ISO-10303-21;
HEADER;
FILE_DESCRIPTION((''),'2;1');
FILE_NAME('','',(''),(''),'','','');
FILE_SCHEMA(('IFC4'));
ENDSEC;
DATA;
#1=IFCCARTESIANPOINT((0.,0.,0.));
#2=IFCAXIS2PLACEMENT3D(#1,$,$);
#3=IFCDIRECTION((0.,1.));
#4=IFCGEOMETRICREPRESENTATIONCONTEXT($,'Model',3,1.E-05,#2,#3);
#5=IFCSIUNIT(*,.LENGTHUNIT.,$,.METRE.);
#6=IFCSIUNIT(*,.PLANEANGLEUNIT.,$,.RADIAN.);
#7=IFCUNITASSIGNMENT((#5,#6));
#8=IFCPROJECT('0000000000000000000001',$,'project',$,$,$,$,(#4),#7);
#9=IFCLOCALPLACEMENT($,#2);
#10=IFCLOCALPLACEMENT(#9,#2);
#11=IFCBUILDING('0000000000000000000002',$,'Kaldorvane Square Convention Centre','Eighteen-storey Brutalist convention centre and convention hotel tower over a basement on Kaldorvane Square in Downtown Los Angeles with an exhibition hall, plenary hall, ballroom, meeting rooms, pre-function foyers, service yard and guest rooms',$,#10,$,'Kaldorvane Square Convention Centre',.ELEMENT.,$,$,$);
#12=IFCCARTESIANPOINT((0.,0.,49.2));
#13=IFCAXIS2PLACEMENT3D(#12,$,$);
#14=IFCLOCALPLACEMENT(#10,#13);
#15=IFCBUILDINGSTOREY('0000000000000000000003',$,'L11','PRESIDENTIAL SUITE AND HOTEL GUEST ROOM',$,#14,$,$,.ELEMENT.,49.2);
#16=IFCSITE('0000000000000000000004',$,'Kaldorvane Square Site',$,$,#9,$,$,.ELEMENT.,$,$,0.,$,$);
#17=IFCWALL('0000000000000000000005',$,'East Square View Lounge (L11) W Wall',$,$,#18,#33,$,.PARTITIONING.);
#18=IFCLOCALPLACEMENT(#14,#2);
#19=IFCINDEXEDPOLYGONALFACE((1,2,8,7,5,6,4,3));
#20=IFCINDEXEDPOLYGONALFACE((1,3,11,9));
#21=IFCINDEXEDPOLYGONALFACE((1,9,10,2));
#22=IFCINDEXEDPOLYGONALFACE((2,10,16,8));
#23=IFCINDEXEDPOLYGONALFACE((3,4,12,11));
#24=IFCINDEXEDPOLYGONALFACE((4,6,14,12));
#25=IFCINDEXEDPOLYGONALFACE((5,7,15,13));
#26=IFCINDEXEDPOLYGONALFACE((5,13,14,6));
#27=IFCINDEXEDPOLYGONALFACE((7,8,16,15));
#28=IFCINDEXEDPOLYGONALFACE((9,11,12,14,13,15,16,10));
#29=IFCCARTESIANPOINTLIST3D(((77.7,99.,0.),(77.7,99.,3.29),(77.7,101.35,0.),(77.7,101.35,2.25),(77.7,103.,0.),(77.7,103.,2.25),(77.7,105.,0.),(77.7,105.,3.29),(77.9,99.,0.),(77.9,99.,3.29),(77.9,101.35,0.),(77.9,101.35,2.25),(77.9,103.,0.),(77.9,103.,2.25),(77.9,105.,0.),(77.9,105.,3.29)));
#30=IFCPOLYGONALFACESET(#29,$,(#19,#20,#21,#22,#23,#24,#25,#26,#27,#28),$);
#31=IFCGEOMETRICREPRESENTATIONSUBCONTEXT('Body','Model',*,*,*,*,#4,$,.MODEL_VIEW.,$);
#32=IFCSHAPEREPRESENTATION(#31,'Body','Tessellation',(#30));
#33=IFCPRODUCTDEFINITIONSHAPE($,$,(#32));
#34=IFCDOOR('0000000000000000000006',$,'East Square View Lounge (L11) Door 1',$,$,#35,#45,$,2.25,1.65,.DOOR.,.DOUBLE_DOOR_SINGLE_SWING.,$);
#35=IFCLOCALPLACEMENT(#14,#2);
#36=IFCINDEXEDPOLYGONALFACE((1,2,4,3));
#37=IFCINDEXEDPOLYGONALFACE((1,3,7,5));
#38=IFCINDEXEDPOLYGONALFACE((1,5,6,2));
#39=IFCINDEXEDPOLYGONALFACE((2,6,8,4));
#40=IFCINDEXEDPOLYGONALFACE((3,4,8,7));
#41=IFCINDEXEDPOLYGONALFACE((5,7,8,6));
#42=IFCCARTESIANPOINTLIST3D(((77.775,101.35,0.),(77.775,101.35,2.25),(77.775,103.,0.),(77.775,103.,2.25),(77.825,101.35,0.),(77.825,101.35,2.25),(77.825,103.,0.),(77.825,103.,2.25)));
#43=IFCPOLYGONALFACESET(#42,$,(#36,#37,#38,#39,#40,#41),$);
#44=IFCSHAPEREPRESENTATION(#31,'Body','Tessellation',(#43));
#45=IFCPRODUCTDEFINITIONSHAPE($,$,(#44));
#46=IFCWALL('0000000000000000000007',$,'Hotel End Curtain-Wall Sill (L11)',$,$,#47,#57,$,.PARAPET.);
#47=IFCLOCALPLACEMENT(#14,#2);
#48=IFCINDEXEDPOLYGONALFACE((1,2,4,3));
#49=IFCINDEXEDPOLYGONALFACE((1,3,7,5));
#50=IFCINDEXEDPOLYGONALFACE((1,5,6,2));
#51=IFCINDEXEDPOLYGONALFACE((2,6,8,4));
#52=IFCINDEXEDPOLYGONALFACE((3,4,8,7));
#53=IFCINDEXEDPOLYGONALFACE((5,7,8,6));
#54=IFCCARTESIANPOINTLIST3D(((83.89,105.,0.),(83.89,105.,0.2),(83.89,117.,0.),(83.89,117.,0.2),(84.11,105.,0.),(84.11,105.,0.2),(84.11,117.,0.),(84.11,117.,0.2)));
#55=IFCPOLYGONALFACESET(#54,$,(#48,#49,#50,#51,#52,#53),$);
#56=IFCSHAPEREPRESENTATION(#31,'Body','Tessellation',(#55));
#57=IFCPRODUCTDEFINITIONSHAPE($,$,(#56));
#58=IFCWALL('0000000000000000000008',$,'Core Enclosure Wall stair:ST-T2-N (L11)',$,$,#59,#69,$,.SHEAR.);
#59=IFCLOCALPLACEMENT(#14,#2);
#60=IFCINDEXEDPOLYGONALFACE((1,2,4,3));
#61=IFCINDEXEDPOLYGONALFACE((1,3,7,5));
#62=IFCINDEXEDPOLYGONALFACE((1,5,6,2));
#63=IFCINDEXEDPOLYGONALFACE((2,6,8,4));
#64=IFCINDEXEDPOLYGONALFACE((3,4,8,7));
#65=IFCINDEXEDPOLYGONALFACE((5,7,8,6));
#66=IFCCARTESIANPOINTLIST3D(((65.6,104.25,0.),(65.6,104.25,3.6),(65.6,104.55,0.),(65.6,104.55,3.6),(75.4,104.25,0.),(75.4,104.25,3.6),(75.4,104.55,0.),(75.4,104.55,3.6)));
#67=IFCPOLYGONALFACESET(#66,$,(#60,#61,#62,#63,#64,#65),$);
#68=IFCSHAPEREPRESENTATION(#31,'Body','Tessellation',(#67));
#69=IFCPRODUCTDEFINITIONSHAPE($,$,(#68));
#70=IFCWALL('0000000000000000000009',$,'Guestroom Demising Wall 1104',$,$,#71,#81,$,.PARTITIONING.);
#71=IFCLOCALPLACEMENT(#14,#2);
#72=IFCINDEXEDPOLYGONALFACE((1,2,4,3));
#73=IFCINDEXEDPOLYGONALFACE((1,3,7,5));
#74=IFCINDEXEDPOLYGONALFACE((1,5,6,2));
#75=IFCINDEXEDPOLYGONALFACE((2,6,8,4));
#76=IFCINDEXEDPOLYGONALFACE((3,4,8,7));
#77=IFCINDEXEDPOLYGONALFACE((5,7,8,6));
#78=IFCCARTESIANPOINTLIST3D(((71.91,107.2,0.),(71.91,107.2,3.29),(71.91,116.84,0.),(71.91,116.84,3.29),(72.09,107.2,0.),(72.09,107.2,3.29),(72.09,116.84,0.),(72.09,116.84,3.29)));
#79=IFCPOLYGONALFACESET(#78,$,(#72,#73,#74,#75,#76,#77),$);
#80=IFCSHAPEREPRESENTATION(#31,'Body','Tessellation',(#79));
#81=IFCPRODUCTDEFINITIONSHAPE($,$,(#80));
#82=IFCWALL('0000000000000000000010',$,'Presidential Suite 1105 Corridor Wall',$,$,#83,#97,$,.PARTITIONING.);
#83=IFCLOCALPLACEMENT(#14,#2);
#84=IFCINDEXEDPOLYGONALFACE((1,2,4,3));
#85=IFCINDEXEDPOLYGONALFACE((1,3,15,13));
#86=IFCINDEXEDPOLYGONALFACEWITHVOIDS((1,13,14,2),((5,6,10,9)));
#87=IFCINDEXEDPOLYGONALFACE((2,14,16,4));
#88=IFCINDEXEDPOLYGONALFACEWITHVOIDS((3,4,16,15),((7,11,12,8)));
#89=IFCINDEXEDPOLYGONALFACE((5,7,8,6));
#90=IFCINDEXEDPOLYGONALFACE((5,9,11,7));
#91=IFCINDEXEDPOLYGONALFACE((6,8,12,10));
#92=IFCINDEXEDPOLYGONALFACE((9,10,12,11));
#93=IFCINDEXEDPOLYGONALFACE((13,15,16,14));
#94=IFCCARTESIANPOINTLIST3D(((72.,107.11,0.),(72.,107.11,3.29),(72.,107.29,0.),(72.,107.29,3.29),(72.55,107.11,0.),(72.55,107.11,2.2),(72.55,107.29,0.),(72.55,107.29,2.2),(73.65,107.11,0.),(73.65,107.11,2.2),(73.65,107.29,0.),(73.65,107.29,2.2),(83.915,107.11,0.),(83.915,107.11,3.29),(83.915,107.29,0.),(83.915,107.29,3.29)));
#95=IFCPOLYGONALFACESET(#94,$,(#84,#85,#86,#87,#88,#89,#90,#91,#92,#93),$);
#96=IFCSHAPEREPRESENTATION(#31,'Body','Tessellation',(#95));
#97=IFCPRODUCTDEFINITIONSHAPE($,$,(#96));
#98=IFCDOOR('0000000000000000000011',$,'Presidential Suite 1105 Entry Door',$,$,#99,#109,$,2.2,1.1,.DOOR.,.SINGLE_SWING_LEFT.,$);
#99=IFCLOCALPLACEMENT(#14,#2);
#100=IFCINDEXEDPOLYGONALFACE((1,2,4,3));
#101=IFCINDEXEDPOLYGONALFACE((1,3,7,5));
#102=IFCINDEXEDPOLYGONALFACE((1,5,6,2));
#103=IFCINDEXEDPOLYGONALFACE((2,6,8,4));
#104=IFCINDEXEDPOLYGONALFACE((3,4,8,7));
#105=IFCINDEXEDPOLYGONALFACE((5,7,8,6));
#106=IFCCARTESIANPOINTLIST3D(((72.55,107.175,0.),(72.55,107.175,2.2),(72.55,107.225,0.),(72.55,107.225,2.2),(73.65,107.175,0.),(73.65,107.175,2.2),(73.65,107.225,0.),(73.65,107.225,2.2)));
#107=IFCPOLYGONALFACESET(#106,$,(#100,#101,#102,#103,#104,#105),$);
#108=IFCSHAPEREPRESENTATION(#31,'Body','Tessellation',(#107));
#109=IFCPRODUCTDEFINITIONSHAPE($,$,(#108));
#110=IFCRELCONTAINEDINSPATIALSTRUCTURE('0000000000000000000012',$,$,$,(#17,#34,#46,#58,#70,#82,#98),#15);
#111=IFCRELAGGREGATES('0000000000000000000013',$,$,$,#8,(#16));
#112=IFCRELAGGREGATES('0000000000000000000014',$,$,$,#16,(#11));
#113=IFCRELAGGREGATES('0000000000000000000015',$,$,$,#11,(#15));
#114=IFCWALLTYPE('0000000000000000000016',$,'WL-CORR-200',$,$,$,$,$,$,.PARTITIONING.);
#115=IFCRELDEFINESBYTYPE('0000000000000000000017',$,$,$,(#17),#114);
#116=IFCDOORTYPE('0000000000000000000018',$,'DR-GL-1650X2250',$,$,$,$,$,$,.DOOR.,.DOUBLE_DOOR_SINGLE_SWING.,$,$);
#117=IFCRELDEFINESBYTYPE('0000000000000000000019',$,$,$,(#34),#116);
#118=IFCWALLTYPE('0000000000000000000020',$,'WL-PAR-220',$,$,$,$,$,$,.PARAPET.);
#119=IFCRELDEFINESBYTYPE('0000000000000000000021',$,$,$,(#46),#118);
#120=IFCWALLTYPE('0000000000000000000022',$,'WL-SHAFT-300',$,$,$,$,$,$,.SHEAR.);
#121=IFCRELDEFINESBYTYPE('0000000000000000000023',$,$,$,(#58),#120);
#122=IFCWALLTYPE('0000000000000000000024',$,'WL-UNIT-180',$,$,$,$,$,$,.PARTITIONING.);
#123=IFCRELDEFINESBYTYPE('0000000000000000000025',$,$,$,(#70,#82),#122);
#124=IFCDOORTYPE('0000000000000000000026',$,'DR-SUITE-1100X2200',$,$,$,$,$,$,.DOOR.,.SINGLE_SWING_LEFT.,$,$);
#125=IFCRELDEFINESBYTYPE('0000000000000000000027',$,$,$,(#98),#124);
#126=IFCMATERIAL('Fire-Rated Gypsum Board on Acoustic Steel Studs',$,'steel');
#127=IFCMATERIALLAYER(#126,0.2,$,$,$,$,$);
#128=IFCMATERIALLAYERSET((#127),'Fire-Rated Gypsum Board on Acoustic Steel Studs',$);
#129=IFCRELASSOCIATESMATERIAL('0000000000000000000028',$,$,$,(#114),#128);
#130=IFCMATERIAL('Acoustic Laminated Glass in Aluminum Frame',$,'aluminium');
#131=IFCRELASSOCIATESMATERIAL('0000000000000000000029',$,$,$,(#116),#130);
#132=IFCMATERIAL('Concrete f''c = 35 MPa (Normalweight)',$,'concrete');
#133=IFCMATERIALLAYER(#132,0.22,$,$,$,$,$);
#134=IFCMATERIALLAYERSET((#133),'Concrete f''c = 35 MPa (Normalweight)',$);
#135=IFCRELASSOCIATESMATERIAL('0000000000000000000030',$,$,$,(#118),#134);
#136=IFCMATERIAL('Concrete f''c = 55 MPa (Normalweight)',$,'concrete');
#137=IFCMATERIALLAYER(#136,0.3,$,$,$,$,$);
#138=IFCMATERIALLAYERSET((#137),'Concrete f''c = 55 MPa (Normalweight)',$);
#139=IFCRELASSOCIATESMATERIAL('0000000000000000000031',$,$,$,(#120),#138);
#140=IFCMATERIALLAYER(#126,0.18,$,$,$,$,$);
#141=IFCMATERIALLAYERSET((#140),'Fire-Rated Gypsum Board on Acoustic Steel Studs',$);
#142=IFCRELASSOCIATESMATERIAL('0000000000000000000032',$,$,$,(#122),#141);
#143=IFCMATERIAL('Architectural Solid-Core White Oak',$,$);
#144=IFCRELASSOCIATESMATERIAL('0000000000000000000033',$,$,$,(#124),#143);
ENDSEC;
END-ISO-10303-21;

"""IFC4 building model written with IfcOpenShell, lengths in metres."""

from ifc_helpers import new_model, si_unit, direction, frame, frame_2d, origin, place, context, subcontext, project, spatial, rectangle, extrude, material, layer, layer_set, type_object, element, fill, save


model = new_model("IFC4")

# Units and contexts
model_context = context("Model", 3, precision=1e-05, world=origin(), true_north=direction((0.0, 1.0)))
body_context = subcontext(model_context, "Body", "Model", "MODEL_VIEW")
ifc_project = project(units=[si_unit("LENGTHUNIT", "METRE"), si_unit("PLANEANGLEUNIT", "RADIAN")], contexts=[model_context])

# Site, building, storey
site_placement = place(None, origin())
site = spatial("IfcSite", under=ifc_project, at=site_placement, Name="Kaldorvane Square Site", CompositionType="ELEMENT", RefElevation=0.0)
building_placement = place(site_placement, origin())
building = spatial("IfcBuilding", under=site, at=building_placement, Name="Kaldorvane Square Convention Centre", Description="Eighteen-storey Brutalist convention centre and convention hotel tower over a basement on Kaldorvane Square in Downtown Los Angeles with an exhibition hall, plenary hall, ballroom, meeting rooms, pre-function foyers, service yard and guest rooms", LongName="Kaldorvane Square Convention Centre", CompositionType="ELEMENT")
storey_placement = place(building_placement, frame((0.0, 0.0, 49.2)))
storey = spatial("IfcBuildingStorey", under=building, at=storey_placement, Name="L11", Description="PRESIDENTIAL SUITE AND HOTEL GUEST ROOM", CompositionType="ELEMENT", Elevation=49.2)

# Shared definitions
ifc_material_1 = material(Name="Fire-Rated Gypsum Board on Acoustic Steel Studs", Category="steel")
ifc_material_2 = material(Name="Architectural Solid-Core White Oak")

# Shared definitions
ifc_layer_1 = layer(ifc_material_1, 0.2)
ifc_layer_set_1 = layer_set([ifc_layer_1], Name="Fire-Rated Gypsum Board on Acoustic Steel Studs")
wall_type_1 = type_object("IfcWallType", Name="WL-CORR-200", PredefinedType="PARTITIONING", material=ifc_layer_set_1)

# Wall, opening, door
wall_1_placement = place(storey_placement, frame((77.8, 105.0, 0.0), z_axis=(0.0, 0.0, 1.0), x_axis=(0.0, -1.0, 0.0)))
wall_1 = element("IfcWall", 1, at=wall_1_placement, inside=storey, type_object=wall_type_1, Name="East Square View Lounge (L11) W Wall", PredefinedType="PARTITIONING", context=body_context, shape_type="SweptSolid", body=[
    extrude(rectangle(XDim=6.0, YDim=0.2, at=frame_2d((3.0, 0.0))), origin(), (0.0, 0.0, 1.0), 3.29),
])
opening_1_placement = place(wall_1_placement, frame((2.0, 0.0, 0.0)))
opening_1 = element("IfcOpeningElement", 2, at=opening_1_placement, cuts=wall_1, PredefinedType="OPENING", context=body_context, shape_type="SweptSolid", body=[
    extrude(rectangle(XDim=1.65, YDim=2.25, at=frame_2d((0.825, 1.125))), frame((0.0, 0.115, 0.0), z_axis=(0.0, -1.0, 0.0), x_axis=(1.0, 0.0, 0.0)), (0.0, 0.0, 1.0), 0.23),
])
ifc_material_3 = material(Name="Acoustic Laminated Glass in Aluminum Frame", Category="aluminium")
door_type_1 = type_object("IfcDoorType", Name="DR-GL-1650X2250", OperationType="DOUBLE_DOOR_SINGLE_SWING", PredefinedType="DOOR", material=ifc_material_3)
door_1_placement = place(opening_1_placement, origin())
door_1 = element("IfcDoor", 3, at=door_1_placement, inside=storey, type_object=door_type_1, Name="East Square View Lounge (L11) Door 1", OperationType="DOUBLE_DOOR_SINGLE_SWING", OverallHeight=2.25, OverallWidth=1.65, PredefinedType="DOOR", context=body_context, shape_type="SweptSolid", body=[
    extrude(rectangle(XDim=1.65, YDim=2.25, at=frame_2d((0.825, 1.125))), frame((0.0, 0.025, 0.0), z_axis=(0.0, -1.0, 0.0), x_axis=(1.0, 0.0, 0.0)), (0.0, 0.0, 1.0), 0.05),
])
fill(opening_1, door_1)

# Walls
ifc_material_4 = material(Name="Concrete f'c = 35 MPa (Normalweight)", Category="concrete")
ifc_layer_2 = layer(ifc_material_4, 0.22)
ifc_layer_set_2 = layer_set([ifc_layer_2], Name="Concrete f'c = 35 MPa (Normalweight)")
wall_type_2 = type_object("IfcWallType", Name="WL-PAR-220", PredefinedType="PARAPET", material=ifc_layer_set_2)
wall_2_placement = place(storey_placement, frame((84.0, 105.0, 0.0), z_axis=(0.0, 0.0, 1.0), x_axis=(0.0, 1.0, 0.0)))
element("IfcWall", 4, at=wall_2_placement, inside=storey, type_object=wall_type_2, Name="Hotel End Curtain-Wall Sill (L11)", PredefinedType="PARAPET", context=body_context, shape_type="SweptSolid", body=[
    extrude(rectangle(XDim=12.0, YDim=0.22, at=frame_2d((6.0, 0.0))), origin(), (0.0, 0.0, 1.0), 0.2),
])
ifc_material_5 = material(Name="Concrete f'c = 55 MPa (Normalweight)", Category="concrete")
ifc_layer_3 = layer(ifc_material_5, 0.3)
ifc_layer_set_3 = layer_set([ifc_layer_3], Name="Concrete f'c = 55 MPa (Normalweight)")
wall_type_3 = type_object("IfcWallType", Name="WL-SHAFT-300", PredefinedType="SHEAR", material=ifc_layer_set_3)
wall_3_placement = place(storey_placement, frame((75.4, 104.4, 0.0), z_axis=(0.0, 0.0, 1.0), x_axis=(-1.0, 0.0, 0.0)))
element("IfcWall", 5, at=wall_3_placement, inside=storey, type_object=wall_type_3, Name="Core Enclosure Wall stair:ST-T2-N (L11)", PredefinedType="SHEAR", context=body_context, shape_type="SweptSolid", body=[
    extrude(rectangle(XDim=9.8, YDim=0.3, at=frame_2d((4.9, 0.0))), origin(), (0.0, 0.0, 1.0), 3.6),
])
ifc_layer_4 = layer(ifc_material_1, 0.18)
ifc_layer_set_4 = layer_set([ifc_layer_4], Name="Fire-Rated Gypsum Board on Acoustic Steel Studs")
wall_type_4 = type_object("IfcWallType", Name="WL-UNIT-180", PredefinedType="PARTITIONING", material=ifc_layer_set_4)
wall_4_placement = place(storey_placement, frame((72.0, 107.2, 0.0), z_axis=(0.0, 0.0, 1.0), x_axis=(0.0, 1.0, 0.0)))
element("IfcWall", 6, at=wall_4_placement, inside=storey, type_object=wall_type_4, Name="Guestroom Demising Wall 1104", PredefinedType="PARTITIONING", context=body_context, shape_type="SweptSolid", body=[
    extrude(rectangle(XDim=9.64, YDim=0.18, at=frame_2d((4.82, 0.0))), origin(), (0.0, 0.0, 1.0), 3.29),
])

# Wall, opening, door
wall_5_placement = place(storey_placement, frame((72.0, 107.2, 0.0), z_axis=(0.0, 0.0, 1.0), x_axis=(1.0, 0.0, 0.0)))
wall_5 = element("IfcWall", 7, at=wall_5_placement, inside=storey, type_object=wall_type_4, Name="Presidential Suite 1105 Corridor Wall", PredefinedType="PARTITIONING", context=body_context, shape_type="SweptSolid", body=[
    extrude(rectangle(XDim=11.915, YDim=0.18, at=frame_2d((5.9575, 0.0))), origin(), (0.0, 0.0, 1.0), 3.29),
])
opening_2_placement = place(wall_5_placement, frame((0.55, 0.0, 0.0)))
opening_2 = element("IfcOpeningElement", 8, at=opening_2_placement, cuts=wall_5, PredefinedType="OPENING", context=body_context, shape_type="SweptSolid", body=[
    extrude(rectangle(XDim=1.1, YDim=2.2, at=frame_2d((0.55, 1.1))), frame((0.0, 0.105, 0.0), z_axis=(0.0, -1.0, 0.0), x_axis=(1.0, 0.0, 0.0)), (0.0, 0.0, 1.0), 0.21),
])
door_type_2 = type_object("IfcDoorType", Name="DR-SUITE-1100X2200", OperationType="SINGLE_SWING_LEFT", PredefinedType="DOOR", material=ifc_material_2)
door_2_placement = place(opening_2_placement, origin())
door_2 = element("IfcDoor", 9, at=door_2_placement, inside=storey, type_object=door_type_2, Name="Presidential Suite 1105 Entry Door", OperationType="SINGLE_SWING_LEFT", OverallHeight=2.2, OverallWidth=1.1, PredefinedType="DOOR", context=body_context, shape_type="SweptSolid", body=[
    extrude(rectangle(XDim=1.1, YDim=2.2, at=frame_2d((0.55, 1.1))), frame((0.0, 0.025, 0.0), z_axis=(0.0, -1.0, 0.0), x_axis=(1.0, 0.0, 0.0)), (0.0, 0.0, 1.0), 0.05),
])
fill(opening_2, door_2)

save(model, "model.ifc")
